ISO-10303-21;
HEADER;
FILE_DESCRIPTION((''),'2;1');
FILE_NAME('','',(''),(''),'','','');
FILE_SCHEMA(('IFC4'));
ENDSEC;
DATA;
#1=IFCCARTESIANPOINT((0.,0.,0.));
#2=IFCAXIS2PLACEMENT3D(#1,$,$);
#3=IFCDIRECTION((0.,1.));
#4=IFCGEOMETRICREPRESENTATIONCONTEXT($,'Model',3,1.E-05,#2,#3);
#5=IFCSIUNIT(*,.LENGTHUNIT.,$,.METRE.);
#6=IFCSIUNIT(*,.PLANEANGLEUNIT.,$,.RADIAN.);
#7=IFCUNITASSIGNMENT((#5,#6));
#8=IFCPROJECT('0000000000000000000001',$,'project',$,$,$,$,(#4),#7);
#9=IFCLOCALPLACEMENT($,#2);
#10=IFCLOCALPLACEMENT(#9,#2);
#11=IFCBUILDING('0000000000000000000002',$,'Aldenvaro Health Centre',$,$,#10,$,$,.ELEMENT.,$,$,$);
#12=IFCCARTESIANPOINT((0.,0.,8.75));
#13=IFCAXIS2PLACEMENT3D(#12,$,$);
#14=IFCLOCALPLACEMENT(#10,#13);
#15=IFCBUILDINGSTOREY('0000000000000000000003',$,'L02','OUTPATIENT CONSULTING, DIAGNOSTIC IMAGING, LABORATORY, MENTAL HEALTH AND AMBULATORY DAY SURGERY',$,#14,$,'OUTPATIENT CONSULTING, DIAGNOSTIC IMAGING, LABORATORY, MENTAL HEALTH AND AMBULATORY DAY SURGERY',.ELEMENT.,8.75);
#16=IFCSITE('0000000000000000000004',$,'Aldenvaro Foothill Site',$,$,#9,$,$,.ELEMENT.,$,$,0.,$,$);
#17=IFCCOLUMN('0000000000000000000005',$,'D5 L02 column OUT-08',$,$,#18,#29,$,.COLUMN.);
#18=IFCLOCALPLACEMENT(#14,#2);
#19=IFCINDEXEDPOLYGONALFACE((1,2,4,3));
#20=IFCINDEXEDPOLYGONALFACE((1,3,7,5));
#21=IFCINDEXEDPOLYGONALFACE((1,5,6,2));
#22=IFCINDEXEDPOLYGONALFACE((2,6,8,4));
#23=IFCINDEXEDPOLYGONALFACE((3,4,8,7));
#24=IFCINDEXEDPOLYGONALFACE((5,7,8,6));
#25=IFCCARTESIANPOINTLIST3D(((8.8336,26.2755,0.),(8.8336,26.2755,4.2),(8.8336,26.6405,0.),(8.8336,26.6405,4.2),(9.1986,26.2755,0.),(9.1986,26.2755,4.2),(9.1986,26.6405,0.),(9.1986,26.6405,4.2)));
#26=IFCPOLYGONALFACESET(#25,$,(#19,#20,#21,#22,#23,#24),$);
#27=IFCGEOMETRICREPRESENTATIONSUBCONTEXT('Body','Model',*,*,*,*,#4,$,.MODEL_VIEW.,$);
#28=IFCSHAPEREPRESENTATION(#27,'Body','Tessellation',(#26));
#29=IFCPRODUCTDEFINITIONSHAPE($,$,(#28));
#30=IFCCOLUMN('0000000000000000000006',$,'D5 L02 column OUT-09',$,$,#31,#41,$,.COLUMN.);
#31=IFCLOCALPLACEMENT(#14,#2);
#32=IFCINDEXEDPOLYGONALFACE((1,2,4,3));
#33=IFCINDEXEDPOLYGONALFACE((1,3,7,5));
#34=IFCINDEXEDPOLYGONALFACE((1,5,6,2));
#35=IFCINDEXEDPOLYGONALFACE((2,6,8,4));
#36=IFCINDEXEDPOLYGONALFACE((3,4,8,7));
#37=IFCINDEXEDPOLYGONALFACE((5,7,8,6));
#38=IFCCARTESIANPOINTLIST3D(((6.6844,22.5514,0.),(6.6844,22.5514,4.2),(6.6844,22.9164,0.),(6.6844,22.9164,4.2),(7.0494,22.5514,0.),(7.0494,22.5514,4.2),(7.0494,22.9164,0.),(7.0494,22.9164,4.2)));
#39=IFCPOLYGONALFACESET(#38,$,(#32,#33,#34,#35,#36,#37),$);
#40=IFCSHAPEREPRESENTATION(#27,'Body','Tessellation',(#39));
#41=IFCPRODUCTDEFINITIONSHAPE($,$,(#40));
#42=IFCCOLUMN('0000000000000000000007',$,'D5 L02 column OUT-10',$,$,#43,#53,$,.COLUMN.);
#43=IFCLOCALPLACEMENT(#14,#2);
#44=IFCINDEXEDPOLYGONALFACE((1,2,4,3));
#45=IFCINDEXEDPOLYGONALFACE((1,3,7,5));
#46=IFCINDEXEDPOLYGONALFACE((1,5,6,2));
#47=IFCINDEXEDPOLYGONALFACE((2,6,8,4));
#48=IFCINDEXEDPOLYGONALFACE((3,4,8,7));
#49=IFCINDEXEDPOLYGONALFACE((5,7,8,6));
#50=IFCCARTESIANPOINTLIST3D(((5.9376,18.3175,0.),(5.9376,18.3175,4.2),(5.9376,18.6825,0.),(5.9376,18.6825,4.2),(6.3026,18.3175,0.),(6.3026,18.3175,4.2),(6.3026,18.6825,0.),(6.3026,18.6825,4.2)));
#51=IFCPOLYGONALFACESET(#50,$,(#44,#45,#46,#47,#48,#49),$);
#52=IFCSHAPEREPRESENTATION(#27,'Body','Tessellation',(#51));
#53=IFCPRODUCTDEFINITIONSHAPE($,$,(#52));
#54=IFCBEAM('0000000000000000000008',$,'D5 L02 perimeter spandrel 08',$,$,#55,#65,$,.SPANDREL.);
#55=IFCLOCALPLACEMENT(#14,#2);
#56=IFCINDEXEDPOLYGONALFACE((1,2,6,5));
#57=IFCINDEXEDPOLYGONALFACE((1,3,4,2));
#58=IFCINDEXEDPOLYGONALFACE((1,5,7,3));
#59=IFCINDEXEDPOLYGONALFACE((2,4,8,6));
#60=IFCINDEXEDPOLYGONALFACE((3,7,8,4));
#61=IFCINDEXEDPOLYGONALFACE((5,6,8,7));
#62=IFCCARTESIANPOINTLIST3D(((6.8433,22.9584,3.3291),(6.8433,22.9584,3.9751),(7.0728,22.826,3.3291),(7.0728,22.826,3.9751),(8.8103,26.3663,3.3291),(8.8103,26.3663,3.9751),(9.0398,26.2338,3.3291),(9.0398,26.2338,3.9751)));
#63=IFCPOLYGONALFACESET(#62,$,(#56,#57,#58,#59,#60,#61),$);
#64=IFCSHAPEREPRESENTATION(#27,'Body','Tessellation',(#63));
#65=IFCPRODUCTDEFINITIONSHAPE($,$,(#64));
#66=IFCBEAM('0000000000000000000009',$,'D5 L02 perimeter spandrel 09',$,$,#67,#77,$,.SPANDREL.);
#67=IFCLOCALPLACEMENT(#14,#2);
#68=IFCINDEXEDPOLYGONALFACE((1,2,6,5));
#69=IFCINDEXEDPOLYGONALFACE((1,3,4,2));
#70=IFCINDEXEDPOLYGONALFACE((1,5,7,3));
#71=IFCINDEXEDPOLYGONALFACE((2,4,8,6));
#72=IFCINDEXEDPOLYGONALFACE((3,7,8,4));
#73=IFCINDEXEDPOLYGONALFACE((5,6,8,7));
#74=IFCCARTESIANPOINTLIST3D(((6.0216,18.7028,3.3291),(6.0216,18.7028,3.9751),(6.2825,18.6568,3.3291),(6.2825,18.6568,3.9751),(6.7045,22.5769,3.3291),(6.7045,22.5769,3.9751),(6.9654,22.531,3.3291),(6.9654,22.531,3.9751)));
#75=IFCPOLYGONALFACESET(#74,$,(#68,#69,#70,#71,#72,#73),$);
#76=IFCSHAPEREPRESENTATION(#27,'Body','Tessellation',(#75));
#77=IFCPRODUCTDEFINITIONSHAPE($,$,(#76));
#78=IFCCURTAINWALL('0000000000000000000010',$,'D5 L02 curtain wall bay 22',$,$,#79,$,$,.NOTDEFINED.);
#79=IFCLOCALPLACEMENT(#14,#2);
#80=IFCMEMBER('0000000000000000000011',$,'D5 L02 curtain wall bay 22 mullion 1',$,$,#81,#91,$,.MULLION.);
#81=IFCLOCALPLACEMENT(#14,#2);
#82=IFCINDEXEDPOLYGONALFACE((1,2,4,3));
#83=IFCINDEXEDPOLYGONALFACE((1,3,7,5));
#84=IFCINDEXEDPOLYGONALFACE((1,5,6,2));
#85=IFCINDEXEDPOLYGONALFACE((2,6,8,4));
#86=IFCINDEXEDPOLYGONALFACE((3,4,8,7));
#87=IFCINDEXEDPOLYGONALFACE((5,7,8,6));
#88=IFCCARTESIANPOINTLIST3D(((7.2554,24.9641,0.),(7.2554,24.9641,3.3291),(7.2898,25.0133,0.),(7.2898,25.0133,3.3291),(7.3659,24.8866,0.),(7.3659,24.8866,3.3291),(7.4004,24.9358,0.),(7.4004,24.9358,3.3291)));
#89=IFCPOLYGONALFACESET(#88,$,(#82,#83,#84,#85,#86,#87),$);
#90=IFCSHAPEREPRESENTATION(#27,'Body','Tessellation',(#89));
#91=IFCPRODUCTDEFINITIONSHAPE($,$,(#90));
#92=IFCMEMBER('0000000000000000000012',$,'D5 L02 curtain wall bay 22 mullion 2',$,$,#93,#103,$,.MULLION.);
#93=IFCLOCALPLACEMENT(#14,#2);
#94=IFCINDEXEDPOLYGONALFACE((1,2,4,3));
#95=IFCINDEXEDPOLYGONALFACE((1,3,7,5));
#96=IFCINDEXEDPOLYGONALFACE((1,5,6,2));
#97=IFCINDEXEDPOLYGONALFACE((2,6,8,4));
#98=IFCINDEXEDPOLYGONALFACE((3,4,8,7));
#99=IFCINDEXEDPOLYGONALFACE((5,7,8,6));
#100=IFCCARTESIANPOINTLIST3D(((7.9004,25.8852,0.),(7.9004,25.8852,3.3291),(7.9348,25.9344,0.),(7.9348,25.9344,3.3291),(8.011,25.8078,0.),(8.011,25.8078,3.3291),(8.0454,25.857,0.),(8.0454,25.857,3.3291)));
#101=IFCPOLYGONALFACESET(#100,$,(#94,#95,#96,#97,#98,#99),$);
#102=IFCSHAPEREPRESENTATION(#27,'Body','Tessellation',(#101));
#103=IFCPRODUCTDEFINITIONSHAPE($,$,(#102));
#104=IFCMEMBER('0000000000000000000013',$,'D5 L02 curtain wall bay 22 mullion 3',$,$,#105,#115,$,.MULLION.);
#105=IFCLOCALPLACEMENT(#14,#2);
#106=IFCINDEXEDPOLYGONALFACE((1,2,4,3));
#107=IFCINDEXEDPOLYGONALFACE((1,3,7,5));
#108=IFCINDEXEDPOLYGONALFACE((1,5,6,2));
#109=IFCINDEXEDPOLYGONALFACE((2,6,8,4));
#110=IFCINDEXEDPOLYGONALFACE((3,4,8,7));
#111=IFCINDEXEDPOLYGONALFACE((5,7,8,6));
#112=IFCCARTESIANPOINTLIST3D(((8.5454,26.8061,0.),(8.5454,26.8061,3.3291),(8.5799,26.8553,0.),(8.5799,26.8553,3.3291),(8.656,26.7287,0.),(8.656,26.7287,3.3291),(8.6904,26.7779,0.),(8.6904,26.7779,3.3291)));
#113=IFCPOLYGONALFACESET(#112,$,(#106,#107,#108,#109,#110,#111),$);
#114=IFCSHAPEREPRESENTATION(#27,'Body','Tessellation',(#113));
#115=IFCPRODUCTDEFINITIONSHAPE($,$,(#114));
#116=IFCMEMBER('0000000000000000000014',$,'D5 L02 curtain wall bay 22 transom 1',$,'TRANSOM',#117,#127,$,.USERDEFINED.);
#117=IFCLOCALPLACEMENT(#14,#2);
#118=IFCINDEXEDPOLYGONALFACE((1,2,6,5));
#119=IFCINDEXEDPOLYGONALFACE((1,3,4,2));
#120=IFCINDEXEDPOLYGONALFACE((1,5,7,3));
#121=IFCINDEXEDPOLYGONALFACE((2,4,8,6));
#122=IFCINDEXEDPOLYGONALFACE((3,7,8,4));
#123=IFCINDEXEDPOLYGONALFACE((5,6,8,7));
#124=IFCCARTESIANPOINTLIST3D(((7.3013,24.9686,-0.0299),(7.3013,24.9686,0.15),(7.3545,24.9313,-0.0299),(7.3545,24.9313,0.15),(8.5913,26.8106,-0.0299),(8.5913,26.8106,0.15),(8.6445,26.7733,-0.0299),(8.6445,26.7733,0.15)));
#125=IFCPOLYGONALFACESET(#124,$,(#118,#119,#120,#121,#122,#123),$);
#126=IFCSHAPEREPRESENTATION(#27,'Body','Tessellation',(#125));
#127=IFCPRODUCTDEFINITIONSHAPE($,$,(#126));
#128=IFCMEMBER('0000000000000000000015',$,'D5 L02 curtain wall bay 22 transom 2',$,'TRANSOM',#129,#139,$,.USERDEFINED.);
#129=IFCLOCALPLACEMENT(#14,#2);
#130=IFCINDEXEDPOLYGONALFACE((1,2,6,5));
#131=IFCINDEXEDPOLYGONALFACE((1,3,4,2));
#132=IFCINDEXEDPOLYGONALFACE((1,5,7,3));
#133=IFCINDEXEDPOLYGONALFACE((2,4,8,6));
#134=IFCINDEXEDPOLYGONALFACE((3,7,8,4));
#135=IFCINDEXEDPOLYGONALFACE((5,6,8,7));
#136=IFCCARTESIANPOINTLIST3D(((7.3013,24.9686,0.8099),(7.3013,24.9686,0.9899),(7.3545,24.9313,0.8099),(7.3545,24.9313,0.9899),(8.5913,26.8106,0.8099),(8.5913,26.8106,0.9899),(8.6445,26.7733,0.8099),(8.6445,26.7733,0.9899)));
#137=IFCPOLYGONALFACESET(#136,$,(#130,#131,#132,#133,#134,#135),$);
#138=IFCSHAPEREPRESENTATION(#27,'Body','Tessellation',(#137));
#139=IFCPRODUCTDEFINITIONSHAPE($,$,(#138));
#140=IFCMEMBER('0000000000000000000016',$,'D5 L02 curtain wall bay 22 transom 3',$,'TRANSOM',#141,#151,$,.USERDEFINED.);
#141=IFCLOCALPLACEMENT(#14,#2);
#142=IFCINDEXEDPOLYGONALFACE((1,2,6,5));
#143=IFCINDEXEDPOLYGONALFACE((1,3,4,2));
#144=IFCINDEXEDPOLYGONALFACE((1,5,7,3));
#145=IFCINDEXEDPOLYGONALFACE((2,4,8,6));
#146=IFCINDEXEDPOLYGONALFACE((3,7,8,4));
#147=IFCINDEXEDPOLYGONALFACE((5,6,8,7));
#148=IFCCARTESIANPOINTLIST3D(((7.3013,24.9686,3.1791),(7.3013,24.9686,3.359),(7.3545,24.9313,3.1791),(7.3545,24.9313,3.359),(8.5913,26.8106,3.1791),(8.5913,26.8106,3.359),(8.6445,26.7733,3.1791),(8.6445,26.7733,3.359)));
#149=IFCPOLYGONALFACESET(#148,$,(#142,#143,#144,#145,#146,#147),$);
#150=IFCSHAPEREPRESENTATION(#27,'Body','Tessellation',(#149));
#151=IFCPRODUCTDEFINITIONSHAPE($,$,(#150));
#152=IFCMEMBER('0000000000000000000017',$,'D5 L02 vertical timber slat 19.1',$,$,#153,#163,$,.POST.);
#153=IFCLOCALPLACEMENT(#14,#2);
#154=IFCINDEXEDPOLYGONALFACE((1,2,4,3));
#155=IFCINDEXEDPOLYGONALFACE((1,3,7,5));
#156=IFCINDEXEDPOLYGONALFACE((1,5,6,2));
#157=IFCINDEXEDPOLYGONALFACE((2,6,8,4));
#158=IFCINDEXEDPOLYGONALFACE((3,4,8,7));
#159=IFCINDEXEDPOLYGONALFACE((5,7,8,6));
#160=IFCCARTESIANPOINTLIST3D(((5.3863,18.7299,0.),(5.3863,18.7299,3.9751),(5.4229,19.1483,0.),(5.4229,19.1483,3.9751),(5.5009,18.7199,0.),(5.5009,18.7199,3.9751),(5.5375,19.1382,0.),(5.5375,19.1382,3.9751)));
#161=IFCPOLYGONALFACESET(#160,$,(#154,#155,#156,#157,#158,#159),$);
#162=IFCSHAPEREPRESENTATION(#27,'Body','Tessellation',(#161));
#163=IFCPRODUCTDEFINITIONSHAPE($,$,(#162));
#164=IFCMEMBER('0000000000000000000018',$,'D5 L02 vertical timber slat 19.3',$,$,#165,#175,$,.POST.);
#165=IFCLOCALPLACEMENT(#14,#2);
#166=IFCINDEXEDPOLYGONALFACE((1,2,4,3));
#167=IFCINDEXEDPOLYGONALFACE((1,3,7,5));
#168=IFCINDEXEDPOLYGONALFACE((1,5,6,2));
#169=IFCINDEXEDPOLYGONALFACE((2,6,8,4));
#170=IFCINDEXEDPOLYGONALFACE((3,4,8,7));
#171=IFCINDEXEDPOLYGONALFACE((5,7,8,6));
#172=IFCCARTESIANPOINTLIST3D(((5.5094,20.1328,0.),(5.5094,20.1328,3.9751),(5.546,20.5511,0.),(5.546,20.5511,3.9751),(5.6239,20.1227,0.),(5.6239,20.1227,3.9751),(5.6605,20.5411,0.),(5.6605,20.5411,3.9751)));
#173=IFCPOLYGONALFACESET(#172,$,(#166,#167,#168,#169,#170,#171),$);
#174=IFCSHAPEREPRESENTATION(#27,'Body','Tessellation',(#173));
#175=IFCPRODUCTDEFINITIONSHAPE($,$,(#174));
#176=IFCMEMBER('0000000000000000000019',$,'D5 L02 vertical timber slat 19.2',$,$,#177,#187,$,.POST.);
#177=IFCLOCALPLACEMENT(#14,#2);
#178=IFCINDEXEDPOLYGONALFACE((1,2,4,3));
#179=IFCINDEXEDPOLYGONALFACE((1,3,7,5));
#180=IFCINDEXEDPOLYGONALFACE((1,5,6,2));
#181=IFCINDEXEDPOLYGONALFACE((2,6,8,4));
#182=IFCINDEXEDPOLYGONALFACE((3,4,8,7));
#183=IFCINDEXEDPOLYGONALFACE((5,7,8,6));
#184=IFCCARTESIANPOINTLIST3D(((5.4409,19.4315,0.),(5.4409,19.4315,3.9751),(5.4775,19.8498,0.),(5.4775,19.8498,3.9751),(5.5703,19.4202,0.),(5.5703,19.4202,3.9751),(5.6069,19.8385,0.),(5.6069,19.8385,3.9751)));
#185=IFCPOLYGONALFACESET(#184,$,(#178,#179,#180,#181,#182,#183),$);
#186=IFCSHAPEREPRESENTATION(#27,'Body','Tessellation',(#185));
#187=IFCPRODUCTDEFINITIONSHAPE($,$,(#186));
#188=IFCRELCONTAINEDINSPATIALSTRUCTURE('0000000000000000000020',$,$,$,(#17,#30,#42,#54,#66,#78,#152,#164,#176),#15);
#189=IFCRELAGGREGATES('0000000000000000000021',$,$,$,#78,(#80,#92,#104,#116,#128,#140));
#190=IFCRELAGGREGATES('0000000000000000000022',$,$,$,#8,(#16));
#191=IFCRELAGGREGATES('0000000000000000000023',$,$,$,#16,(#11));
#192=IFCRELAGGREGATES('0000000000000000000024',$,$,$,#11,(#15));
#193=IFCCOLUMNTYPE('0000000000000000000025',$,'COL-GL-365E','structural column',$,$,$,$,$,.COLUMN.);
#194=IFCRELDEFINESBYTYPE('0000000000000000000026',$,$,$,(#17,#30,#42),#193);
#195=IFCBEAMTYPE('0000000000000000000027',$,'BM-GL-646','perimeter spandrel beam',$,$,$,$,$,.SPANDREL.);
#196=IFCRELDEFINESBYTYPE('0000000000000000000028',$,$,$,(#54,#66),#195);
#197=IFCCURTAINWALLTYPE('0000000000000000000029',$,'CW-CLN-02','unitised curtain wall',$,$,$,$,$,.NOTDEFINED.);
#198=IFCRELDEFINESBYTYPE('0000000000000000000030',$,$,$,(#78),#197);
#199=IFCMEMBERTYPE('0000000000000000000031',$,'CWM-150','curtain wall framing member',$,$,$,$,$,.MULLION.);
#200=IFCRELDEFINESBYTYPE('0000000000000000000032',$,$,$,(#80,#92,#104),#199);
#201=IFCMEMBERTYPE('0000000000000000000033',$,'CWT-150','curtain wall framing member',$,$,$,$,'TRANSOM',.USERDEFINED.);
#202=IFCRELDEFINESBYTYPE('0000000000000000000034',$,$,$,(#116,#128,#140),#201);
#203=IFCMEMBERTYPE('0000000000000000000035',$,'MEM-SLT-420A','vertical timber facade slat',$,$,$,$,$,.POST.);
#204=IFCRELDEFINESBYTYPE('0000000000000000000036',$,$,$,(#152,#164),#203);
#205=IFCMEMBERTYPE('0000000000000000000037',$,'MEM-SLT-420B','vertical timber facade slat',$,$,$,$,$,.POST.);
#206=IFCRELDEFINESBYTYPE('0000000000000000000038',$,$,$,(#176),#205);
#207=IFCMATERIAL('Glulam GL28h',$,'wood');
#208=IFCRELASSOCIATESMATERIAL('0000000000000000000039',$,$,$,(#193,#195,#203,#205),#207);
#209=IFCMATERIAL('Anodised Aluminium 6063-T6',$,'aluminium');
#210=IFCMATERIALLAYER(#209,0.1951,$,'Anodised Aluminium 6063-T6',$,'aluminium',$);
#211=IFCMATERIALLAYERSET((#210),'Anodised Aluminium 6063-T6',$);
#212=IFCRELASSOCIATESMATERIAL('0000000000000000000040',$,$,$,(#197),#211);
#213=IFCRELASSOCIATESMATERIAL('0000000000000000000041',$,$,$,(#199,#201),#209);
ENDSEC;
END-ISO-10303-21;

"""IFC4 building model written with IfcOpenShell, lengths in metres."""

from ifc_helpers import new_model, si_unit, direction, frame, origin, origin_2d, place, context, subcontext, project, spatial, rectangle, extrude, material, layer, layer_set, material_profile, profile_set, type_object, element, aggregate, save


model = new_model("IFC4")

# Units and contexts
model_context = context("Model", 3, precision=1e-05, world=origin(), true_north=direction((0.0, 1.0)))
body_context = subcontext(model_context, "Body", "Model", "MODEL_VIEW")
ifc_project = project(units=[si_unit("LENGTHUNIT", "METRE"), si_unit("PLANEANGLEUNIT", "RADIAN")], contexts=[model_context])

# Site, building, storey
site_placement = place(None, origin())
site = spatial("IfcSite", under=ifc_project, at=site_placement, Name="Aldenvaro Foothill Site", CompositionType="ELEMENT", RefElevation=0.0)
building_placement = place(site_placement, origin())
building = spatial("IfcBuilding", under=site, at=building_placement, Name="Aldenvaro Health Centre", CompositionType="ELEMENT")
storey_placement = place(building_placement, frame((0.0, 0.0, 8.75)))
storey = spatial("IfcBuildingStorey", under=building, at=storey_placement, Name="L02", Description="OUTPATIENT CONSULTING, DIAGNOSTIC IMAGING, LABORATORY, MENTAL HEALTH AND AMBULATORY DAY SURGERY", LongName="OUTPATIENT CONSULTING, DIAGNOSTIC IMAGING, LABORATORY, MENTAL HEALTH AND AMBULATORY DAY SURGERY", CompositionType="ELEMENT", Elevation=8.75)

# Columns
ifc_material_1 = material(Name="Glulam GL28h", Category="wood")
ifc_material_profile_1 = material_profile(ifc_material_1, rectangle(XDim=0.365, YDim=0.365, at=origin_2d()), Name="GL 365x365", Category="wood")
ifc_profile_set_1 = profile_set([ifc_material_profile_1], Name="Glulam GL28h")
column_type = type_object("IfcColumnType", Name="COL-GL-365E", Description="structural column", PredefinedType="COLUMN", material=ifc_profile_set_1)
for number, where, z_axis, x_axis, name in (
    (1, (9.0161, 26.458, 0.0), (0.0, 0.0, 1.0), (1.0, 0.0, 0.0), "D5 L02 column OUT-08"),
    (2, (6.8669, 22.7339, 0.0), (0.0, 0.0, 1.0), (1.0, 0.0, 0.0), "D5 L02 column OUT-09"),
    (3, (6.1201, 18.5, 0.0), (0.0, 0.0, 1.0), (1.0, 0.0, 0.0), "D5 L02 column OUT-10"),
):
    element("IfcColumn", number, at=place(storey_placement, frame(where, z_axis=z_axis, x_axis=x_axis)), inside=storey, type_object=column_type, Name=name, PredefinedType="COLUMN", context=body_context, shape_type="SweptSolid", body=[
        extrude(rectangle(XDim=0.365, YDim=0.365, at=origin_2d()), origin(), (0.0, 0.0, 1.0), 4.2),
    ])

# Beams
ifc_material_profile_2 = material_profile(ifc_material_1, rectangle(XDim=0.2649, YDim=0.646, at=origin_2d()), Name="GL 265x646", Category="wood")
ifc_profile_set_2 = profile_set([ifc_material_profile_2], Name="Glulam GL28h")
beam_type = type_object("IfcBeamType", Name="BM-GL-646", Description="perimeter spandrel beam", PredefinedType="SPANDREL", material=ifc_profile_set_2)
beam_1_placement = place(storey_placement, frame((8.925, 26.3, 3.6521), z_axis=(-0.499896, -0.866085, 0.0), x_axis=(0.866085, -0.499896, 0.0)))
element("IfcBeam", 4, at=beam_1_placement, inside=storey, type_object=beam_type, Name="D5 L02 perimeter spandrel 08", PredefinedType="SPANDREL", context=body_context, shape_type="SweptSolid", body=[
    extrude(rectangle(XDim=0.2649, YDim=0.646, at=origin_2d()), origin(), (0.0, 0.0, 1.0), 3.9348),
])
beam_2_placement = place(storey_placement, frame((6.835, 22.554, 3.6521), z_axis=(-0.173591, -0.984818, 0.0), x_axis=(0.984818, -0.173591, 0.0)))
element("IfcBeam", 5, at=beam_2_placement, inside=storey, type_object=beam_type, Name="D5 L02 perimeter spandrel 09", PredefinedType="SPANDREL", context=body_context, shape_type="SweptSolid", body=[
    extrude(rectangle(XDim=0.2649, YDim=0.646, at=origin_2d()), origin(), (0.0, 0.0, 1.0), 3.9338),
])

# Curtain wall, members
ifc_material_2 = material(Name="Anodised Aluminium 6063-T6", Category="aluminium")
ifc_layer_1 = layer(ifc_material_2, 0.1951, Name="Anodised Aluminium 6063-T6", Category="aluminium")
ifc_layer_set_1 = layer_set([ifc_layer_1], Name="Anodised Aluminium 6063-T6")
curtain_wall_type = type_object("IfcCurtainWallType", Name="CW-CLN-02", Description="unitised curtain wall", PredefinedType="NOTDEFINED", material=ifc_layer_set_1)
curtain_wall_placement = place(storey_placement, origin())
curtain_wall = element("IfcCurtainWall", 6, at=curtain_wall_placement, inside=storey, type_object=curtain_wall_type, Name="D5 L02 curtain wall bay 22", PredefinedType="NOTDEFINED")
ifc_material_profile_3 = material_profile(ifc_material_2, rectangle(XDim=0.0601, YDim=0.135, at=origin_2d()), Name="ALU 60x135", Category="aluminium")
ifc_profile_set_3 = profile_set([ifc_material_profile_3], Name="Anodised Aluminium 6063-T6")
member_type_1 = type_object("IfcMemberType", Name="CWM-150", Description="curtain wall framing member", PredefinedType="MULLION", material=ifc_profile_set_3)
member_1_placement = place(storey_placement, frame((7.3279, 24.95, 0.0), z_axis=(0.0, 0.0, 1.0), x_axis=(0.573641, 0.819107, 0.0)))
member_1 = element("IfcMember", 7, at=member_1_placement, type_object=member_type_1, Name="D5 L02 curtain wall bay 22 mullion 1", PredefinedType="MULLION", context=body_context, shape_type="SweptSolid", body=[
    extrude(rectangle(XDim=0.0601, YDim=0.135, at=origin_2d()), origin(), (0.0, 0.0, 1.0), 3.3291),
])
member_2_placement = place(storey_placement, frame((7.9729, 25.8711, 0.0), z_axis=(0.0, 0.0, 1.0), x_axis=(0.573641, 0.819107, 0.0)))
member_2 = element("IfcMember", 8, at=member_2_placement, type_object=member_type_1, Name="D5 L02 curtain wall bay 22 mullion 2", PredefinedType="MULLION", context=body_context, shape_type="SweptSolid", body=[
    extrude(rectangle(XDim=0.0601, YDim=0.135, at=origin_2d()), origin(), (0.0, 0.0, 1.0), 3.3291),
])
member_3_placement = place(storey_placement, frame((8.6179, 26.792, 0.0), z_axis=(0.0, 0.0, 1.0), x_axis=(0.573641, 0.819107, 0.0)))
member_3 = element("IfcMember", 9, at=member_3_placement, type_object=member_type_1, Name="D5 L02 curtain wall bay 22 mullion 3", PredefinedType="MULLION", context=body_context, shape_type="SweptSolid", body=[
    extrude(rectangle(XDim=0.0601, YDim=0.135, at=origin_2d()), origin(), (0.0, 0.0, 1.0), 3.3291),
])
ifc_material_profile_4 = material_profile(ifc_material_2, rectangle(XDim=0.0649, YDim=0.1799, at=origin_2d()), Name="ALU 65x180", Category="aluminium")
ifc_profile_set_4 = profile_set([ifc_material_profile_4], Name="Anodised Aluminium 6063-T6")
member_type_2 = type_object("IfcMemberType", Name="CWT-150", Description="curtain wall framing member", ElementType="TRANSOM", PredefinedType="USERDEFINED", material=ifc_profile_set_4)
member_4_placement = place(storey_placement, frame((7.3279, 24.95, 0.0601), z_axis=(0.573644, 0.819104, 0.0), x_axis=(-0.819104, 0.573644, 0.0)))
member_4 = element("IfcMember", 10, at=member_4_placement, type_object=member_type_2, Name="D5 L02 curtain wall bay 22 transom 1", ObjectType="TRANSOM", PredefinedType="USERDEFINED", context=body_context, shape_type="SweptSolid", body=[
    extrude(rectangle(XDim=0.0649, YDim=0.1799, at=origin_2d()), origin(), (0.0, 0.0, 1.0), 2.2488),
])
member_5_placement = place(storey_placement, frame((7.3279, 24.95, 0.8999), z_axis=(0.573644, 0.819104, 0.0), x_axis=(-0.819104, 0.573644, 0.0)))
member_5 = element("IfcMember", 11, at=member_5_placement, type_object=member_type_2, Name="D5 L02 curtain wall bay 22 transom 2", ObjectType="TRANSOM", PredefinedType="USERDEFINED", context=body_context, shape_type="SweptSolid", body=[
    extrude(rectangle(XDim=0.0649, YDim=0.1799, at=origin_2d()), origin(), (0.0, 0.0, 1.0), 2.2488),
])
member_6_placement = place(storey_placement, frame((7.3279, 24.95, 3.269), z_axis=(0.573644, 0.819104, 0.0), x_axis=(-0.819104, 0.573644, 0.0)))
member_6 = element("IfcMember", 12, at=member_6_placement, type_object=member_type_2, Name="D5 L02 curtain wall bay 22 transom 3", ObjectType="TRANSOM", PredefinedType="USERDEFINED", context=body_context, shape_type="SweptSolid", body=[
    extrude(rectangle(XDim=0.0649, YDim=0.1799, at=origin_2d()), origin(), (0.0, 0.0, 1.0), 2.2488),
])

# Members
ifc_material_profile_5 = material_profile(ifc_material_1, rectangle(XDim=0.115, YDim=0.4199, at=origin_2d()), Name="GL 115x420", Category="wood")
ifc_profile_set_5 = profile_set([ifc_material_profile_5], Name="Glulam GL28h")
member_type_3 = type_object("IfcMemberType", Name="MEM-SLT-420A", Description="vertical timber facade slat", PredefinedType="POST", material=ifc_profile_set_5)
for number, where, z_axis, x_axis, name in (
    (13, (5.4619, 18.9341, 0.0), (0.0, 0.0, 1.0), (-0.996194, 0.087167, 0.0), "D5 L02 vertical timber slat 19.1"),
    (14, (5.585, 20.3369, 0.0), (0.0, 0.0, 1.0), (-0.996194, 0.087167, 0.0), "D5 L02 vertical timber slat 19.3"),
):
    element("IfcMember", number, at=place(storey_placement, frame(where, z_axis=z_axis, x_axis=x_axis)), inside=storey, type_object=member_type_3, Name=name, PredefinedType="POST", context=body_context, shape_type="SweptSolid", body=[
        extrude(rectangle(XDim=0.115, YDim=0.4199, at=origin_2d()), origin(), (0.0, 0.0, 1.0), 3.9751),
    ])
ifc_material_profile_6 = material_profile(ifc_material_1, rectangle(XDim=0.1299, YDim=0.4199, at=origin_2d()), Name="GL 130x420", Category="wood")
ifc_profile_set_6 = profile_set([ifc_material_profile_6], Name="Glulam GL28h")
member_type_4 = type_object("IfcMemberType", Name="MEM-SLT-420B", Description="vertical timber facade slat", PredefinedType="POST", material=ifc_profile_set_6)
member_7_placement = place(storey_placement, frame((5.5239, 19.635, 0.0), z_axis=(0.0, 0.0, 1.0), x_axis=(-0.996194, 0.087167, 0.0)))
element("IfcMember", 15, at=member_7_placement, inside=storey, type_object=member_type_4, Name="D5 L02 vertical timber slat 19.2", PredefinedType="POST", context=body_context, shape_type="SweptSolid", body=[
    extrude(rectangle(XDim=0.1299, YDim=0.4199, at=origin_2d()), origin(), (0.0, 0.0, 1.0), 3.9751),
])

aggregate(curtain_wall, [member_1, member_2, member_3, member_4, member_5, member_6])

save(model, "model.ifc")
